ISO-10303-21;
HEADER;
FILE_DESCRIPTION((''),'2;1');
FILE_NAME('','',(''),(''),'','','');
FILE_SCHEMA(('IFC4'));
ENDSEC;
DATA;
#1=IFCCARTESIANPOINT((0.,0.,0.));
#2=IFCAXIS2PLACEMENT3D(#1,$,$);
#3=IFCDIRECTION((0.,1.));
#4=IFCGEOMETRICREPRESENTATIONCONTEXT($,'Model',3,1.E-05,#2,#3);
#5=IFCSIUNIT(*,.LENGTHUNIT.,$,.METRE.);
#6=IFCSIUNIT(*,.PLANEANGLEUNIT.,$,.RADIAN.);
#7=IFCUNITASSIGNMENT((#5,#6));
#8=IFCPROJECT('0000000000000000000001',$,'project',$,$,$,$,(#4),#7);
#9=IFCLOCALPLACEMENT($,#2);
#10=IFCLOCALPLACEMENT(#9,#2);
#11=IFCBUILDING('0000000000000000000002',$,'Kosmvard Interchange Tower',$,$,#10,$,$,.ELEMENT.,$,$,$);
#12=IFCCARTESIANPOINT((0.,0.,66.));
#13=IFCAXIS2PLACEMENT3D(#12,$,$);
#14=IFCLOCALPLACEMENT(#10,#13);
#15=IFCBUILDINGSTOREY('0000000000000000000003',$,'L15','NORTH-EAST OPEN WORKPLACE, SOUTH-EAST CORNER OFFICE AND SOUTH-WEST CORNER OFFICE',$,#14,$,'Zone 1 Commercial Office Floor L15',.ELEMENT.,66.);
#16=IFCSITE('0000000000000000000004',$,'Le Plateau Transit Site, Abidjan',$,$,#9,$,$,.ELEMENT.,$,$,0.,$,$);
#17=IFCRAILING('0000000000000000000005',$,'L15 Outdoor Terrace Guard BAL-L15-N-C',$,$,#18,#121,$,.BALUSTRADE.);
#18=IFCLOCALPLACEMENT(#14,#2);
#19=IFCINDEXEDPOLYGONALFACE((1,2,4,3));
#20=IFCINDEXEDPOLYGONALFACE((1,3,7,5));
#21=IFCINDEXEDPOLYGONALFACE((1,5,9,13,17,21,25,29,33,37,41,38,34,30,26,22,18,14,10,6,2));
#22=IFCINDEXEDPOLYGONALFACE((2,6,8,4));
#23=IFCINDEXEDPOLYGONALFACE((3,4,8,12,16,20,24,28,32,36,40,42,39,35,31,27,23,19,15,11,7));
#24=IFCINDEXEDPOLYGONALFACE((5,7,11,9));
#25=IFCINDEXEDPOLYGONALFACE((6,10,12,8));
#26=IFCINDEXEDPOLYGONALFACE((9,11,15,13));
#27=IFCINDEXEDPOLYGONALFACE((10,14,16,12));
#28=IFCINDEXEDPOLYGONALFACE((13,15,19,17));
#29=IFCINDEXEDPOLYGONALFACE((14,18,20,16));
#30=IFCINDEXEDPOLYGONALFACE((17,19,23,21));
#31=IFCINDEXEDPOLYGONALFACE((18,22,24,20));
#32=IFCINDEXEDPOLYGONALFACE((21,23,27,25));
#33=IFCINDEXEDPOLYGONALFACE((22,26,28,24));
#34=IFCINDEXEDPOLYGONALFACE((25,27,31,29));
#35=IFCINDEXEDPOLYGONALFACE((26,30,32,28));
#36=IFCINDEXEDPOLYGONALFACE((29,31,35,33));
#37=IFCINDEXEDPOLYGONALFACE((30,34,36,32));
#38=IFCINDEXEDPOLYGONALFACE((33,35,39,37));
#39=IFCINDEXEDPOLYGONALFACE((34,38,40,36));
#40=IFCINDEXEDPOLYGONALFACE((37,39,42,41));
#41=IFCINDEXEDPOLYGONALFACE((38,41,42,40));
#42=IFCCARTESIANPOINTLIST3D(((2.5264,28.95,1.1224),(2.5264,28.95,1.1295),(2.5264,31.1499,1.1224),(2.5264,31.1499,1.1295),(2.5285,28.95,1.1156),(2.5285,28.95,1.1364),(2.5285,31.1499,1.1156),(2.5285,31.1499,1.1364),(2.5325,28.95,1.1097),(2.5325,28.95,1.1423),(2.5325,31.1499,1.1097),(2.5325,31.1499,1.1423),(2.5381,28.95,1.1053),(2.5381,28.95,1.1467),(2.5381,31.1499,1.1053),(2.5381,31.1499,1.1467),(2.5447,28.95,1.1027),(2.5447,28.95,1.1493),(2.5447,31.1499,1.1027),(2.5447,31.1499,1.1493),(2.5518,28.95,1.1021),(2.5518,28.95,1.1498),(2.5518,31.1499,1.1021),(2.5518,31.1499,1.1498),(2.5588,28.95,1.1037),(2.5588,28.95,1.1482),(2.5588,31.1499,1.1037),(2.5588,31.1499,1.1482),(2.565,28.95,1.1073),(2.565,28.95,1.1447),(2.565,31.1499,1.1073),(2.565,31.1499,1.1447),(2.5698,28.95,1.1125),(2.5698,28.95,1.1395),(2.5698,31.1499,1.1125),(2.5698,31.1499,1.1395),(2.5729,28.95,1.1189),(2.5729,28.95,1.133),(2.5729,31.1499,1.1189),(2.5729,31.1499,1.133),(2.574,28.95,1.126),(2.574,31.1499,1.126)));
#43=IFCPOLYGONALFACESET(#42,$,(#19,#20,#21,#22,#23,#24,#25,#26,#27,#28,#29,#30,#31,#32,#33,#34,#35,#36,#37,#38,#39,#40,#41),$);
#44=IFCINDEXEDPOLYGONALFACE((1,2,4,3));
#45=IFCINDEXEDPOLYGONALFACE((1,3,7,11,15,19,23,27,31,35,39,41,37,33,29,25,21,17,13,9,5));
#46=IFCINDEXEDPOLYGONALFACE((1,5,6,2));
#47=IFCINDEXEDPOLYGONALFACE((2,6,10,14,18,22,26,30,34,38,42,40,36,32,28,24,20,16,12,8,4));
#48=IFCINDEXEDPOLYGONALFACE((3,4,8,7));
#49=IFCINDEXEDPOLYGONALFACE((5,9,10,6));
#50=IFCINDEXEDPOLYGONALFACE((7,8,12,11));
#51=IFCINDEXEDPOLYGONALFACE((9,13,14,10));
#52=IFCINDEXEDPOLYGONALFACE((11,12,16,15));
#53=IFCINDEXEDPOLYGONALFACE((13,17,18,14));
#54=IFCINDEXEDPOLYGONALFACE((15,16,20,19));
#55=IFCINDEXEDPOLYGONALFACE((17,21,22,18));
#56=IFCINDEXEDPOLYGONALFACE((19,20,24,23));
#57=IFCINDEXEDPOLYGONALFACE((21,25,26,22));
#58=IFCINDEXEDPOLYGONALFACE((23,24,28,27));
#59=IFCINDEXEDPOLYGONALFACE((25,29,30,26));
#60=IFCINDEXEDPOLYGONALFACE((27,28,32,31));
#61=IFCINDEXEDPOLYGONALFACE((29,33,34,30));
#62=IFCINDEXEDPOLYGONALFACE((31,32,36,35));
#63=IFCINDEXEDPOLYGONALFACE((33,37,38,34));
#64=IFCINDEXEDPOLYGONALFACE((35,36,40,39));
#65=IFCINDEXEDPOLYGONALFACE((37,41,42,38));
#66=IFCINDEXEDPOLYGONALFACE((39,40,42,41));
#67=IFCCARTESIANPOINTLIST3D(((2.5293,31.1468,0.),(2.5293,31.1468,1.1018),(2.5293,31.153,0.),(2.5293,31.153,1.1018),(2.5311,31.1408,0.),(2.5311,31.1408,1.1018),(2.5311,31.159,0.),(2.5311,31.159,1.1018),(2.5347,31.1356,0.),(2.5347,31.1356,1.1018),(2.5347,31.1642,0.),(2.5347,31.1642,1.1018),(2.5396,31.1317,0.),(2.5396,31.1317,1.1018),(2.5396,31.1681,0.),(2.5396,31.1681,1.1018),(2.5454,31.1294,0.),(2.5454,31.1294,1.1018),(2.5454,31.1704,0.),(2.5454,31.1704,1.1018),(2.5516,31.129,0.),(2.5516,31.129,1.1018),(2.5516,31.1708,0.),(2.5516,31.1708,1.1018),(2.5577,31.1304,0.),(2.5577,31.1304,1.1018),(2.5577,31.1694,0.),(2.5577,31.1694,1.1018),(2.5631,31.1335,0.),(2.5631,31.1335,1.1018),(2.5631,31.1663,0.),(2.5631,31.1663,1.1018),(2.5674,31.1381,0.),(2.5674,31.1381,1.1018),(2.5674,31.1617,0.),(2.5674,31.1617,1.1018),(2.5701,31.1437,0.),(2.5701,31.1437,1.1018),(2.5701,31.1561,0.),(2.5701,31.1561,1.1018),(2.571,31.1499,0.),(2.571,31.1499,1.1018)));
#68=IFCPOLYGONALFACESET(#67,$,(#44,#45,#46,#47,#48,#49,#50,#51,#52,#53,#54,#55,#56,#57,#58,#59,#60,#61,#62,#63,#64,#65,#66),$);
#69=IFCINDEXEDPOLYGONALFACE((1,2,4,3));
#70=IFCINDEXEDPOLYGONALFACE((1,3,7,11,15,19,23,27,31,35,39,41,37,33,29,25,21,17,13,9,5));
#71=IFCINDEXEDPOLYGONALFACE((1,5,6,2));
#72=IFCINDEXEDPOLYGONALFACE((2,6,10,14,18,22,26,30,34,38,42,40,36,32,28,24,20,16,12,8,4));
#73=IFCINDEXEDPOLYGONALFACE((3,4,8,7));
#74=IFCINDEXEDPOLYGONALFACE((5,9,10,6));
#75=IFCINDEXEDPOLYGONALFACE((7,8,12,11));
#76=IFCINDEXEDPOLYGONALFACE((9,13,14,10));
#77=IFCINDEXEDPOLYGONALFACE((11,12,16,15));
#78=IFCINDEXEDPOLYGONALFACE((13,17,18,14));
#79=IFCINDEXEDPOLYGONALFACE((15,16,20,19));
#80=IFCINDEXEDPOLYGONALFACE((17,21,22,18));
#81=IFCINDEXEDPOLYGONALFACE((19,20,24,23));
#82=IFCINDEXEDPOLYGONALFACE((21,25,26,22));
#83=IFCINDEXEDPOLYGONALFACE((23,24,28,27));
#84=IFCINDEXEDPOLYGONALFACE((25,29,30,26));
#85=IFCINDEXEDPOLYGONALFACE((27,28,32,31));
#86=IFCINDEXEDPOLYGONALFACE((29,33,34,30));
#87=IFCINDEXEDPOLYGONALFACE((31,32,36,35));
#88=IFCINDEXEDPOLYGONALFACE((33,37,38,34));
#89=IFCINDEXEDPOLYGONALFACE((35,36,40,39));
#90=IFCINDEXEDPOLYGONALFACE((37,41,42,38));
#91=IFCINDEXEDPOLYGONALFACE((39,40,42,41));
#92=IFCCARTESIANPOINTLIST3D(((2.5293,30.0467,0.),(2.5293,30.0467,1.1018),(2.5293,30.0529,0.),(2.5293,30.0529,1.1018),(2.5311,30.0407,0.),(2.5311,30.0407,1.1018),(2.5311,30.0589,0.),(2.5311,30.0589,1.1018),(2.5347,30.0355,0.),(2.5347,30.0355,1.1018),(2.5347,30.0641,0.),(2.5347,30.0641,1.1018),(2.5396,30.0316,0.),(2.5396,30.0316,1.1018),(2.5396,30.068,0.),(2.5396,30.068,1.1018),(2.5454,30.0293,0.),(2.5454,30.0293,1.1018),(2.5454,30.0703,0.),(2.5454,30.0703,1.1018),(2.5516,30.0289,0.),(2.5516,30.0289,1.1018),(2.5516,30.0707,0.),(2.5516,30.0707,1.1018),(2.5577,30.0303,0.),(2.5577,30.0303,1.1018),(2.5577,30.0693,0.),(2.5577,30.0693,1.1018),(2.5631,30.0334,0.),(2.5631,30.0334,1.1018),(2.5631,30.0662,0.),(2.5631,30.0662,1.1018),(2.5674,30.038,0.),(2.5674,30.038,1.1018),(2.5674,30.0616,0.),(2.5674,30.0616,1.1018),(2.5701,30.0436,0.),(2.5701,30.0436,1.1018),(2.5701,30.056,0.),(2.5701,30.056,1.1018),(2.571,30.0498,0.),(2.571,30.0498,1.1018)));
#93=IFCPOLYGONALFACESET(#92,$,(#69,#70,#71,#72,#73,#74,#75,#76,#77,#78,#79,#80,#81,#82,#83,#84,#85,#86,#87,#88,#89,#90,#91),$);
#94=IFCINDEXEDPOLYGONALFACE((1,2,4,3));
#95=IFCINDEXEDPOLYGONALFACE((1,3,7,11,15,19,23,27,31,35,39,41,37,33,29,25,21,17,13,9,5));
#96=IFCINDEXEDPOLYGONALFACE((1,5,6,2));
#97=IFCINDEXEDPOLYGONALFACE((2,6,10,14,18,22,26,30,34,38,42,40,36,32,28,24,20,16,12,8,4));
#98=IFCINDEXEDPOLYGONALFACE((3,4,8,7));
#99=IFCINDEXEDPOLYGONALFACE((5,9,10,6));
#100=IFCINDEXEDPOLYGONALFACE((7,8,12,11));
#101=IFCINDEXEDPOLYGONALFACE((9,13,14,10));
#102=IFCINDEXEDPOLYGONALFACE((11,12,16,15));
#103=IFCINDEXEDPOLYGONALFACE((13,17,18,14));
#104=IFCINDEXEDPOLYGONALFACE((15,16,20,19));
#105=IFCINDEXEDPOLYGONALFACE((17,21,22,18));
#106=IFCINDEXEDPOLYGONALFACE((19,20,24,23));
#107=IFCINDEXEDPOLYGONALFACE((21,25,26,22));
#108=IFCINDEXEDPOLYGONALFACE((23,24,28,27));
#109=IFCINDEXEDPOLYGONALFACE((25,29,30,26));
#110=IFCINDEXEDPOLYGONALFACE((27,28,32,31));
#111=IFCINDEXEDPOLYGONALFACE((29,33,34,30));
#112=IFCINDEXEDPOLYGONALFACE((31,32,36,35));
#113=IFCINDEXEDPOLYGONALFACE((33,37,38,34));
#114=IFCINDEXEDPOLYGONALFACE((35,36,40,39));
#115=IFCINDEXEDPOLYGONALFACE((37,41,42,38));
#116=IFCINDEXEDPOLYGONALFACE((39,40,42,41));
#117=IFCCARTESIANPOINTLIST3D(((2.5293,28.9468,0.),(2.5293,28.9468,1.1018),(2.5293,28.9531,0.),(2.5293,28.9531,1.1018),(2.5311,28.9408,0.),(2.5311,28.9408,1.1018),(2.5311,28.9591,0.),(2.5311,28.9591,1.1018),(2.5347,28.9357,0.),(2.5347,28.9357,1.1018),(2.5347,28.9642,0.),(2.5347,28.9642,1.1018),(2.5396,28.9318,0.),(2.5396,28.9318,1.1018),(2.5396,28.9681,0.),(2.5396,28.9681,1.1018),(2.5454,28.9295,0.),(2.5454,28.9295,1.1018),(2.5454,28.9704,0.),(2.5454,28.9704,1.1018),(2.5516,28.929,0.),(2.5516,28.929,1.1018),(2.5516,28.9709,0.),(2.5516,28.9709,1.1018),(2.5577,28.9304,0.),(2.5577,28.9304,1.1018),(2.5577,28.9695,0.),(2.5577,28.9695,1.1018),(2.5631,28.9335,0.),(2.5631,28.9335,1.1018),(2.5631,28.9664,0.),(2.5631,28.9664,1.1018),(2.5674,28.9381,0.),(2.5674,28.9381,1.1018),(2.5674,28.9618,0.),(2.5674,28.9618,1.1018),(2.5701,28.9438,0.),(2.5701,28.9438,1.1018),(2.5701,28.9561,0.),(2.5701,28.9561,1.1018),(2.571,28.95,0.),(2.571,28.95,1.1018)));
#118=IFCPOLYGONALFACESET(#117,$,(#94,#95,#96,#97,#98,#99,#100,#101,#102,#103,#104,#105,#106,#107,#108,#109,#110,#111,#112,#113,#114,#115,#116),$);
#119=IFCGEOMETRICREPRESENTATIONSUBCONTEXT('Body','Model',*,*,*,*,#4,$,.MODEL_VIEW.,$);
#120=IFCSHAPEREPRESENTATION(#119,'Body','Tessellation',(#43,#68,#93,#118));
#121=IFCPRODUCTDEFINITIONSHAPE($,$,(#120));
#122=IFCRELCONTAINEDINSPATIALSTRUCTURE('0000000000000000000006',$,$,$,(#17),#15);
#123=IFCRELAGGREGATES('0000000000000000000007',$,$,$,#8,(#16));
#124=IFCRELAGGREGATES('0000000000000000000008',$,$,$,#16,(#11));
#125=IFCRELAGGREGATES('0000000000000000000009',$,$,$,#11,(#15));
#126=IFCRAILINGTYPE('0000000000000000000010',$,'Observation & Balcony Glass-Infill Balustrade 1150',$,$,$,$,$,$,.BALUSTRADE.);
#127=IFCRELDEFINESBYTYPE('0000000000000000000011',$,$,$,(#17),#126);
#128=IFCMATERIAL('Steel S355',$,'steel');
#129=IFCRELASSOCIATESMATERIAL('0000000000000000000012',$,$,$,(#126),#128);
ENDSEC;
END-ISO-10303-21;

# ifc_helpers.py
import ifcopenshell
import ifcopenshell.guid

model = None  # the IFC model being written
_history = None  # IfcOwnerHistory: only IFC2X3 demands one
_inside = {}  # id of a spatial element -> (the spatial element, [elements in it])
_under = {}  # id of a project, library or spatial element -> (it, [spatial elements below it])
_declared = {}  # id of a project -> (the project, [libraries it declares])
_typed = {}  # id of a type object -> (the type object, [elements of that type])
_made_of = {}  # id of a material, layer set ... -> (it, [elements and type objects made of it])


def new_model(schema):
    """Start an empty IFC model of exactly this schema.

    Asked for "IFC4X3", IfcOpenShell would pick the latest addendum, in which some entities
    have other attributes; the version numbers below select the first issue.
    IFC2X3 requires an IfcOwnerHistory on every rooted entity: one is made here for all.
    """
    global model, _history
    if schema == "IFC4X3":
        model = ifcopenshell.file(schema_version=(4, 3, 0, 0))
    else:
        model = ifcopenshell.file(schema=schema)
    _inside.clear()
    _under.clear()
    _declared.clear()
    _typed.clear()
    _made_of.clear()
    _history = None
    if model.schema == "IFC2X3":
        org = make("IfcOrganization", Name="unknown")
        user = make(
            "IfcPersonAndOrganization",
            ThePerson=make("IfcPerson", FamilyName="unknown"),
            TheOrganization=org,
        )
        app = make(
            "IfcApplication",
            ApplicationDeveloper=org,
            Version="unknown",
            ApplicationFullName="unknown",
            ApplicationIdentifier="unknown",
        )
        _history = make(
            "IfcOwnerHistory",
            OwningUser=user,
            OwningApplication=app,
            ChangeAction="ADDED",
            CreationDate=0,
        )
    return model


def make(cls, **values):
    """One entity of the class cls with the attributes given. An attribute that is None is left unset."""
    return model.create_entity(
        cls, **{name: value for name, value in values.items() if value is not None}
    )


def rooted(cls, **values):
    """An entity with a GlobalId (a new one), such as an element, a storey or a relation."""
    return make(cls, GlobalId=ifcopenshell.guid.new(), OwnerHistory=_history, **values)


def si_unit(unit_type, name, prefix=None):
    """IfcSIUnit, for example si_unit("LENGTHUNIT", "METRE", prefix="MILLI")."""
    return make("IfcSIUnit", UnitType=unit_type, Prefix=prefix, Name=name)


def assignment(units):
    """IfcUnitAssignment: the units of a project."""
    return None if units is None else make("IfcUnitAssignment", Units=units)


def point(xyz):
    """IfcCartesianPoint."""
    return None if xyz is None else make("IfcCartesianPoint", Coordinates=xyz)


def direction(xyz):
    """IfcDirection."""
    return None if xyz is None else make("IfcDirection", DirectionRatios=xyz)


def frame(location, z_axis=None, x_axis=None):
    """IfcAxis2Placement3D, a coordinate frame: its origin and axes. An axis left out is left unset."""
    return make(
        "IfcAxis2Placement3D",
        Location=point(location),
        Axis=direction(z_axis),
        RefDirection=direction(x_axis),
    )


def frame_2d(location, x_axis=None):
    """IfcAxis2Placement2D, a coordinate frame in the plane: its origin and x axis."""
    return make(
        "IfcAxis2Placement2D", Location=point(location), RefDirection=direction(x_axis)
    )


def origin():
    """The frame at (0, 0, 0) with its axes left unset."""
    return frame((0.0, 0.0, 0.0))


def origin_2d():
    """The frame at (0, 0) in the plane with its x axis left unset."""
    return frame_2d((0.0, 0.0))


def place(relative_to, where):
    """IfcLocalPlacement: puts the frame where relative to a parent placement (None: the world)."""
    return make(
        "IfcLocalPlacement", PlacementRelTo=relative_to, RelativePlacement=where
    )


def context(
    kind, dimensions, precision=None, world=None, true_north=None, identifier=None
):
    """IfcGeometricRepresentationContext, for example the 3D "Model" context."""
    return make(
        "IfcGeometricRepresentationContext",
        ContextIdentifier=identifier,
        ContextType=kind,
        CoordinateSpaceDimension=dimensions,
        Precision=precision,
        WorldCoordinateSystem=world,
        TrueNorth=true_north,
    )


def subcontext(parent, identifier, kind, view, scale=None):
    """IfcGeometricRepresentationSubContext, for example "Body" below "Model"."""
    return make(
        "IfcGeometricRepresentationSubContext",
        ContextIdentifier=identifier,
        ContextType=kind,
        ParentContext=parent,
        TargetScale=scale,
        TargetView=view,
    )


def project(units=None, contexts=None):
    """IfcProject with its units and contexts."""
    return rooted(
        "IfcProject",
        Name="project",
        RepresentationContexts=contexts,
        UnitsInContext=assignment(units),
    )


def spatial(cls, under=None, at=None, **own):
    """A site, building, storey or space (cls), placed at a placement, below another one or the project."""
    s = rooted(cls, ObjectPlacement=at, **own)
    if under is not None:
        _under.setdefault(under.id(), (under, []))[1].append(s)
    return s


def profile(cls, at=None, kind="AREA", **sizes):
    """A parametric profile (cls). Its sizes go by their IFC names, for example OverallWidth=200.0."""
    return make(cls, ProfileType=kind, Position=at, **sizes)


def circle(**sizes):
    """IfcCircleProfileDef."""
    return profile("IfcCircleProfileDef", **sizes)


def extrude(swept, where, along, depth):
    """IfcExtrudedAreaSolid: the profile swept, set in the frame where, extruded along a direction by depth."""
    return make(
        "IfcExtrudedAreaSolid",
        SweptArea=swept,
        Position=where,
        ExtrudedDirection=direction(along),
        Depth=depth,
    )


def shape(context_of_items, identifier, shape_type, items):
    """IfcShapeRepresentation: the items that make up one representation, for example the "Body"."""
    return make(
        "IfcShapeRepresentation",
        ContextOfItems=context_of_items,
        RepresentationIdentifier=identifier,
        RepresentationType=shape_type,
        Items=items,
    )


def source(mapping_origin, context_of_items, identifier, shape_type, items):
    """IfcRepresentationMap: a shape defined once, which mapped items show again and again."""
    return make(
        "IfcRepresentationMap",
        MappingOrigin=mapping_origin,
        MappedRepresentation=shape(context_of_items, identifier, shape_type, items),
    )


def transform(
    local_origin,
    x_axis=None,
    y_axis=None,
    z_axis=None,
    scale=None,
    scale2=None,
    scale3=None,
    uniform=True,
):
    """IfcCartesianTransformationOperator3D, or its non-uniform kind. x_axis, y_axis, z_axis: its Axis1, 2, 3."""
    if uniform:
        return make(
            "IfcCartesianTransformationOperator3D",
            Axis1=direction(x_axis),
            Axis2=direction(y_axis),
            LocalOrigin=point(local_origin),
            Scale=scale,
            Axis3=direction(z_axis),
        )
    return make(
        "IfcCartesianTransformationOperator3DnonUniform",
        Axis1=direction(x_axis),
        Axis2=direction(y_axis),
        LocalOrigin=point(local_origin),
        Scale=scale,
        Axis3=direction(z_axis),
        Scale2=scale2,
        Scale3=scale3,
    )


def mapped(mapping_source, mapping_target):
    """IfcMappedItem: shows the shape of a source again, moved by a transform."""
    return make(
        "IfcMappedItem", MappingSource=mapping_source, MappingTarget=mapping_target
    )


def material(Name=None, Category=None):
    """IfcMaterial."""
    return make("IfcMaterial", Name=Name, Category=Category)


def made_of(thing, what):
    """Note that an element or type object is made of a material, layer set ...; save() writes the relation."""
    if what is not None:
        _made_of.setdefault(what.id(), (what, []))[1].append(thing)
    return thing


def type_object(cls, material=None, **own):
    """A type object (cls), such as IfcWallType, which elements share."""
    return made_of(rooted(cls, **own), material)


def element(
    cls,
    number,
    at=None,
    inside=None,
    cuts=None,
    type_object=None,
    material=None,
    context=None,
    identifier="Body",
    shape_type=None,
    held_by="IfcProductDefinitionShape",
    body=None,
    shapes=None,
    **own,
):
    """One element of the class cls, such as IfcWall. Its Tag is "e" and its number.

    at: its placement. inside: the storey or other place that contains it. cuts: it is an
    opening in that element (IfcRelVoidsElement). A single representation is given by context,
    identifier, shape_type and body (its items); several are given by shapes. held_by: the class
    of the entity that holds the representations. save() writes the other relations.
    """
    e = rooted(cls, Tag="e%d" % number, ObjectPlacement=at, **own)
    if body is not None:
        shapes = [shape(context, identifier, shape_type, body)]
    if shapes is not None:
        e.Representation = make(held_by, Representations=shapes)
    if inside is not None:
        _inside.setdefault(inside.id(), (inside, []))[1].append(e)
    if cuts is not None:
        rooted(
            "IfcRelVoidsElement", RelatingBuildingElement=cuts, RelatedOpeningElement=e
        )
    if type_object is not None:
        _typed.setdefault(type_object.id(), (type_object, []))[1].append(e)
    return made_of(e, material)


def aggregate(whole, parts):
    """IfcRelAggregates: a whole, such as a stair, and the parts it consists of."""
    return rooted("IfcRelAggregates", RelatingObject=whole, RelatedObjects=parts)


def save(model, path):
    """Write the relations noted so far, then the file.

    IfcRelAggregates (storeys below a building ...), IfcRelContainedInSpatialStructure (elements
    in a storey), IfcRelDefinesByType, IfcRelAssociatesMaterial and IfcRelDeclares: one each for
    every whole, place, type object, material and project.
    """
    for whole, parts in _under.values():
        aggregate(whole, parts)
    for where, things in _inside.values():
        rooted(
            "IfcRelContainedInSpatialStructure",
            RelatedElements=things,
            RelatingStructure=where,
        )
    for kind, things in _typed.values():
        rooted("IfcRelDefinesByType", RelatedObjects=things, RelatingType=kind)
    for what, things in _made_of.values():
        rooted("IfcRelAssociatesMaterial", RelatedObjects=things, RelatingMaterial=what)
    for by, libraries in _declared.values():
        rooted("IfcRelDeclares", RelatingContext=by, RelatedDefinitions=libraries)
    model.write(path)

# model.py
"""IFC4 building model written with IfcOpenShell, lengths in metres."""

from ifc_helpers import new_model, si_unit, direction, frame, origin, origin_2d, place, context, subcontext, project, spatial, circle, extrude, source, transform, mapped, material, type_object, element, save


model = new_model("IFC4")

# Units and contexts
model_context = context("Model", 3, precision=1e-05, world=origin(), true_north=direction((0.0, 1.0)))
body_context = subcontext(model_context, "Body", "Model", "MODEL_VIEW")
ifc_project = project(units=[si_unit("LENGTHUNIT", "METRE"), si_unit("PLANEANGLEUNIT", "RADIAN")], contexts=[model_context])

# Site, building, storey
site_placement = place(None, origin())
site = spatial("IfcSite", under=ifc_project, at=site_placement, Name="Le Plateau Transit Site, Abidjan", CompositionType="ELEMENT", RefElevation=0.0)
building_placement = place(site_placement, origin())
building = spatial("IfcBuilding", under=site, at=building_placement, Name="Kosmvard Interchange Tower", CompositionType="ELEMENT")
storey_placement = place(building_placement, frame((0.0, 0.0, 66.0)))
storey = spatial("IfcBuildingStorey", under=building, at=storey_placement, Name="L15", Description="NORTH-EAST OPEN WORKPLACE, SOUTH-EAST CORNER OFFICE AND SOUTH-WEST CORNER OFFICE", LongName="Zone 1 Commercial Office Floor L15", CompositionType="ELEMENT", Elevation=66.0)

# Shared definitions
ifc_material_1 = material(Name="Steel S355", Category="steel")

# Railing
railing_type = type_object("IfcRailingType", Name="Observation & Balcony Glass-Infill Balustrade 1150", PredefinedType="BALUSTRADE", material=ifc_material_1)
shared_shape_1 = source(origin(), body_context, "Body", "SweptSolid", [
    extrude(circle(Radius=0.0239, at=origin_2d()), frame((0.0, 0.0, 1.126), z_axis=(0.0, -1.0, 0.0), x_axis=(1.0, 0.0, 0.0)), (0.0, 0.0, 1.0), 2.2),
    extrude(circle(Radius=0.021, at=origin_2d()), origin(), (0.0, 0.0, 1.0), 1.1018),
    extrude(circle(Radius=0.021, at=origin_2d()), frame((0.0, -1.1001, 0.0)), (0.0, 0.0, 1.0), 1.1018),
    extrude(circle(Radius=0.021, at=origin_2d()), frame((0.0, -2.2, 0.0)), (0.0, 0.0, 1.0), 1.1018),
])
railing_1_placement = place(storey_placement, frame((2.55, 31.1499, 0.0)))
element("IfcRailing", 1, at=railing_1_placement, inside=storey, type_object=railing_type, Name="L15 Outdoor Terrace Guard BAL-L15-N-C", PredefinedType="BALUSTRADE", context=body_context, shape_type="MappedRepresentation", body=[
    mapped(shared_shape_1, transform((0.0, 0.0, 0.0), scale=1.0)),
])

save(model, "model.ifc")
